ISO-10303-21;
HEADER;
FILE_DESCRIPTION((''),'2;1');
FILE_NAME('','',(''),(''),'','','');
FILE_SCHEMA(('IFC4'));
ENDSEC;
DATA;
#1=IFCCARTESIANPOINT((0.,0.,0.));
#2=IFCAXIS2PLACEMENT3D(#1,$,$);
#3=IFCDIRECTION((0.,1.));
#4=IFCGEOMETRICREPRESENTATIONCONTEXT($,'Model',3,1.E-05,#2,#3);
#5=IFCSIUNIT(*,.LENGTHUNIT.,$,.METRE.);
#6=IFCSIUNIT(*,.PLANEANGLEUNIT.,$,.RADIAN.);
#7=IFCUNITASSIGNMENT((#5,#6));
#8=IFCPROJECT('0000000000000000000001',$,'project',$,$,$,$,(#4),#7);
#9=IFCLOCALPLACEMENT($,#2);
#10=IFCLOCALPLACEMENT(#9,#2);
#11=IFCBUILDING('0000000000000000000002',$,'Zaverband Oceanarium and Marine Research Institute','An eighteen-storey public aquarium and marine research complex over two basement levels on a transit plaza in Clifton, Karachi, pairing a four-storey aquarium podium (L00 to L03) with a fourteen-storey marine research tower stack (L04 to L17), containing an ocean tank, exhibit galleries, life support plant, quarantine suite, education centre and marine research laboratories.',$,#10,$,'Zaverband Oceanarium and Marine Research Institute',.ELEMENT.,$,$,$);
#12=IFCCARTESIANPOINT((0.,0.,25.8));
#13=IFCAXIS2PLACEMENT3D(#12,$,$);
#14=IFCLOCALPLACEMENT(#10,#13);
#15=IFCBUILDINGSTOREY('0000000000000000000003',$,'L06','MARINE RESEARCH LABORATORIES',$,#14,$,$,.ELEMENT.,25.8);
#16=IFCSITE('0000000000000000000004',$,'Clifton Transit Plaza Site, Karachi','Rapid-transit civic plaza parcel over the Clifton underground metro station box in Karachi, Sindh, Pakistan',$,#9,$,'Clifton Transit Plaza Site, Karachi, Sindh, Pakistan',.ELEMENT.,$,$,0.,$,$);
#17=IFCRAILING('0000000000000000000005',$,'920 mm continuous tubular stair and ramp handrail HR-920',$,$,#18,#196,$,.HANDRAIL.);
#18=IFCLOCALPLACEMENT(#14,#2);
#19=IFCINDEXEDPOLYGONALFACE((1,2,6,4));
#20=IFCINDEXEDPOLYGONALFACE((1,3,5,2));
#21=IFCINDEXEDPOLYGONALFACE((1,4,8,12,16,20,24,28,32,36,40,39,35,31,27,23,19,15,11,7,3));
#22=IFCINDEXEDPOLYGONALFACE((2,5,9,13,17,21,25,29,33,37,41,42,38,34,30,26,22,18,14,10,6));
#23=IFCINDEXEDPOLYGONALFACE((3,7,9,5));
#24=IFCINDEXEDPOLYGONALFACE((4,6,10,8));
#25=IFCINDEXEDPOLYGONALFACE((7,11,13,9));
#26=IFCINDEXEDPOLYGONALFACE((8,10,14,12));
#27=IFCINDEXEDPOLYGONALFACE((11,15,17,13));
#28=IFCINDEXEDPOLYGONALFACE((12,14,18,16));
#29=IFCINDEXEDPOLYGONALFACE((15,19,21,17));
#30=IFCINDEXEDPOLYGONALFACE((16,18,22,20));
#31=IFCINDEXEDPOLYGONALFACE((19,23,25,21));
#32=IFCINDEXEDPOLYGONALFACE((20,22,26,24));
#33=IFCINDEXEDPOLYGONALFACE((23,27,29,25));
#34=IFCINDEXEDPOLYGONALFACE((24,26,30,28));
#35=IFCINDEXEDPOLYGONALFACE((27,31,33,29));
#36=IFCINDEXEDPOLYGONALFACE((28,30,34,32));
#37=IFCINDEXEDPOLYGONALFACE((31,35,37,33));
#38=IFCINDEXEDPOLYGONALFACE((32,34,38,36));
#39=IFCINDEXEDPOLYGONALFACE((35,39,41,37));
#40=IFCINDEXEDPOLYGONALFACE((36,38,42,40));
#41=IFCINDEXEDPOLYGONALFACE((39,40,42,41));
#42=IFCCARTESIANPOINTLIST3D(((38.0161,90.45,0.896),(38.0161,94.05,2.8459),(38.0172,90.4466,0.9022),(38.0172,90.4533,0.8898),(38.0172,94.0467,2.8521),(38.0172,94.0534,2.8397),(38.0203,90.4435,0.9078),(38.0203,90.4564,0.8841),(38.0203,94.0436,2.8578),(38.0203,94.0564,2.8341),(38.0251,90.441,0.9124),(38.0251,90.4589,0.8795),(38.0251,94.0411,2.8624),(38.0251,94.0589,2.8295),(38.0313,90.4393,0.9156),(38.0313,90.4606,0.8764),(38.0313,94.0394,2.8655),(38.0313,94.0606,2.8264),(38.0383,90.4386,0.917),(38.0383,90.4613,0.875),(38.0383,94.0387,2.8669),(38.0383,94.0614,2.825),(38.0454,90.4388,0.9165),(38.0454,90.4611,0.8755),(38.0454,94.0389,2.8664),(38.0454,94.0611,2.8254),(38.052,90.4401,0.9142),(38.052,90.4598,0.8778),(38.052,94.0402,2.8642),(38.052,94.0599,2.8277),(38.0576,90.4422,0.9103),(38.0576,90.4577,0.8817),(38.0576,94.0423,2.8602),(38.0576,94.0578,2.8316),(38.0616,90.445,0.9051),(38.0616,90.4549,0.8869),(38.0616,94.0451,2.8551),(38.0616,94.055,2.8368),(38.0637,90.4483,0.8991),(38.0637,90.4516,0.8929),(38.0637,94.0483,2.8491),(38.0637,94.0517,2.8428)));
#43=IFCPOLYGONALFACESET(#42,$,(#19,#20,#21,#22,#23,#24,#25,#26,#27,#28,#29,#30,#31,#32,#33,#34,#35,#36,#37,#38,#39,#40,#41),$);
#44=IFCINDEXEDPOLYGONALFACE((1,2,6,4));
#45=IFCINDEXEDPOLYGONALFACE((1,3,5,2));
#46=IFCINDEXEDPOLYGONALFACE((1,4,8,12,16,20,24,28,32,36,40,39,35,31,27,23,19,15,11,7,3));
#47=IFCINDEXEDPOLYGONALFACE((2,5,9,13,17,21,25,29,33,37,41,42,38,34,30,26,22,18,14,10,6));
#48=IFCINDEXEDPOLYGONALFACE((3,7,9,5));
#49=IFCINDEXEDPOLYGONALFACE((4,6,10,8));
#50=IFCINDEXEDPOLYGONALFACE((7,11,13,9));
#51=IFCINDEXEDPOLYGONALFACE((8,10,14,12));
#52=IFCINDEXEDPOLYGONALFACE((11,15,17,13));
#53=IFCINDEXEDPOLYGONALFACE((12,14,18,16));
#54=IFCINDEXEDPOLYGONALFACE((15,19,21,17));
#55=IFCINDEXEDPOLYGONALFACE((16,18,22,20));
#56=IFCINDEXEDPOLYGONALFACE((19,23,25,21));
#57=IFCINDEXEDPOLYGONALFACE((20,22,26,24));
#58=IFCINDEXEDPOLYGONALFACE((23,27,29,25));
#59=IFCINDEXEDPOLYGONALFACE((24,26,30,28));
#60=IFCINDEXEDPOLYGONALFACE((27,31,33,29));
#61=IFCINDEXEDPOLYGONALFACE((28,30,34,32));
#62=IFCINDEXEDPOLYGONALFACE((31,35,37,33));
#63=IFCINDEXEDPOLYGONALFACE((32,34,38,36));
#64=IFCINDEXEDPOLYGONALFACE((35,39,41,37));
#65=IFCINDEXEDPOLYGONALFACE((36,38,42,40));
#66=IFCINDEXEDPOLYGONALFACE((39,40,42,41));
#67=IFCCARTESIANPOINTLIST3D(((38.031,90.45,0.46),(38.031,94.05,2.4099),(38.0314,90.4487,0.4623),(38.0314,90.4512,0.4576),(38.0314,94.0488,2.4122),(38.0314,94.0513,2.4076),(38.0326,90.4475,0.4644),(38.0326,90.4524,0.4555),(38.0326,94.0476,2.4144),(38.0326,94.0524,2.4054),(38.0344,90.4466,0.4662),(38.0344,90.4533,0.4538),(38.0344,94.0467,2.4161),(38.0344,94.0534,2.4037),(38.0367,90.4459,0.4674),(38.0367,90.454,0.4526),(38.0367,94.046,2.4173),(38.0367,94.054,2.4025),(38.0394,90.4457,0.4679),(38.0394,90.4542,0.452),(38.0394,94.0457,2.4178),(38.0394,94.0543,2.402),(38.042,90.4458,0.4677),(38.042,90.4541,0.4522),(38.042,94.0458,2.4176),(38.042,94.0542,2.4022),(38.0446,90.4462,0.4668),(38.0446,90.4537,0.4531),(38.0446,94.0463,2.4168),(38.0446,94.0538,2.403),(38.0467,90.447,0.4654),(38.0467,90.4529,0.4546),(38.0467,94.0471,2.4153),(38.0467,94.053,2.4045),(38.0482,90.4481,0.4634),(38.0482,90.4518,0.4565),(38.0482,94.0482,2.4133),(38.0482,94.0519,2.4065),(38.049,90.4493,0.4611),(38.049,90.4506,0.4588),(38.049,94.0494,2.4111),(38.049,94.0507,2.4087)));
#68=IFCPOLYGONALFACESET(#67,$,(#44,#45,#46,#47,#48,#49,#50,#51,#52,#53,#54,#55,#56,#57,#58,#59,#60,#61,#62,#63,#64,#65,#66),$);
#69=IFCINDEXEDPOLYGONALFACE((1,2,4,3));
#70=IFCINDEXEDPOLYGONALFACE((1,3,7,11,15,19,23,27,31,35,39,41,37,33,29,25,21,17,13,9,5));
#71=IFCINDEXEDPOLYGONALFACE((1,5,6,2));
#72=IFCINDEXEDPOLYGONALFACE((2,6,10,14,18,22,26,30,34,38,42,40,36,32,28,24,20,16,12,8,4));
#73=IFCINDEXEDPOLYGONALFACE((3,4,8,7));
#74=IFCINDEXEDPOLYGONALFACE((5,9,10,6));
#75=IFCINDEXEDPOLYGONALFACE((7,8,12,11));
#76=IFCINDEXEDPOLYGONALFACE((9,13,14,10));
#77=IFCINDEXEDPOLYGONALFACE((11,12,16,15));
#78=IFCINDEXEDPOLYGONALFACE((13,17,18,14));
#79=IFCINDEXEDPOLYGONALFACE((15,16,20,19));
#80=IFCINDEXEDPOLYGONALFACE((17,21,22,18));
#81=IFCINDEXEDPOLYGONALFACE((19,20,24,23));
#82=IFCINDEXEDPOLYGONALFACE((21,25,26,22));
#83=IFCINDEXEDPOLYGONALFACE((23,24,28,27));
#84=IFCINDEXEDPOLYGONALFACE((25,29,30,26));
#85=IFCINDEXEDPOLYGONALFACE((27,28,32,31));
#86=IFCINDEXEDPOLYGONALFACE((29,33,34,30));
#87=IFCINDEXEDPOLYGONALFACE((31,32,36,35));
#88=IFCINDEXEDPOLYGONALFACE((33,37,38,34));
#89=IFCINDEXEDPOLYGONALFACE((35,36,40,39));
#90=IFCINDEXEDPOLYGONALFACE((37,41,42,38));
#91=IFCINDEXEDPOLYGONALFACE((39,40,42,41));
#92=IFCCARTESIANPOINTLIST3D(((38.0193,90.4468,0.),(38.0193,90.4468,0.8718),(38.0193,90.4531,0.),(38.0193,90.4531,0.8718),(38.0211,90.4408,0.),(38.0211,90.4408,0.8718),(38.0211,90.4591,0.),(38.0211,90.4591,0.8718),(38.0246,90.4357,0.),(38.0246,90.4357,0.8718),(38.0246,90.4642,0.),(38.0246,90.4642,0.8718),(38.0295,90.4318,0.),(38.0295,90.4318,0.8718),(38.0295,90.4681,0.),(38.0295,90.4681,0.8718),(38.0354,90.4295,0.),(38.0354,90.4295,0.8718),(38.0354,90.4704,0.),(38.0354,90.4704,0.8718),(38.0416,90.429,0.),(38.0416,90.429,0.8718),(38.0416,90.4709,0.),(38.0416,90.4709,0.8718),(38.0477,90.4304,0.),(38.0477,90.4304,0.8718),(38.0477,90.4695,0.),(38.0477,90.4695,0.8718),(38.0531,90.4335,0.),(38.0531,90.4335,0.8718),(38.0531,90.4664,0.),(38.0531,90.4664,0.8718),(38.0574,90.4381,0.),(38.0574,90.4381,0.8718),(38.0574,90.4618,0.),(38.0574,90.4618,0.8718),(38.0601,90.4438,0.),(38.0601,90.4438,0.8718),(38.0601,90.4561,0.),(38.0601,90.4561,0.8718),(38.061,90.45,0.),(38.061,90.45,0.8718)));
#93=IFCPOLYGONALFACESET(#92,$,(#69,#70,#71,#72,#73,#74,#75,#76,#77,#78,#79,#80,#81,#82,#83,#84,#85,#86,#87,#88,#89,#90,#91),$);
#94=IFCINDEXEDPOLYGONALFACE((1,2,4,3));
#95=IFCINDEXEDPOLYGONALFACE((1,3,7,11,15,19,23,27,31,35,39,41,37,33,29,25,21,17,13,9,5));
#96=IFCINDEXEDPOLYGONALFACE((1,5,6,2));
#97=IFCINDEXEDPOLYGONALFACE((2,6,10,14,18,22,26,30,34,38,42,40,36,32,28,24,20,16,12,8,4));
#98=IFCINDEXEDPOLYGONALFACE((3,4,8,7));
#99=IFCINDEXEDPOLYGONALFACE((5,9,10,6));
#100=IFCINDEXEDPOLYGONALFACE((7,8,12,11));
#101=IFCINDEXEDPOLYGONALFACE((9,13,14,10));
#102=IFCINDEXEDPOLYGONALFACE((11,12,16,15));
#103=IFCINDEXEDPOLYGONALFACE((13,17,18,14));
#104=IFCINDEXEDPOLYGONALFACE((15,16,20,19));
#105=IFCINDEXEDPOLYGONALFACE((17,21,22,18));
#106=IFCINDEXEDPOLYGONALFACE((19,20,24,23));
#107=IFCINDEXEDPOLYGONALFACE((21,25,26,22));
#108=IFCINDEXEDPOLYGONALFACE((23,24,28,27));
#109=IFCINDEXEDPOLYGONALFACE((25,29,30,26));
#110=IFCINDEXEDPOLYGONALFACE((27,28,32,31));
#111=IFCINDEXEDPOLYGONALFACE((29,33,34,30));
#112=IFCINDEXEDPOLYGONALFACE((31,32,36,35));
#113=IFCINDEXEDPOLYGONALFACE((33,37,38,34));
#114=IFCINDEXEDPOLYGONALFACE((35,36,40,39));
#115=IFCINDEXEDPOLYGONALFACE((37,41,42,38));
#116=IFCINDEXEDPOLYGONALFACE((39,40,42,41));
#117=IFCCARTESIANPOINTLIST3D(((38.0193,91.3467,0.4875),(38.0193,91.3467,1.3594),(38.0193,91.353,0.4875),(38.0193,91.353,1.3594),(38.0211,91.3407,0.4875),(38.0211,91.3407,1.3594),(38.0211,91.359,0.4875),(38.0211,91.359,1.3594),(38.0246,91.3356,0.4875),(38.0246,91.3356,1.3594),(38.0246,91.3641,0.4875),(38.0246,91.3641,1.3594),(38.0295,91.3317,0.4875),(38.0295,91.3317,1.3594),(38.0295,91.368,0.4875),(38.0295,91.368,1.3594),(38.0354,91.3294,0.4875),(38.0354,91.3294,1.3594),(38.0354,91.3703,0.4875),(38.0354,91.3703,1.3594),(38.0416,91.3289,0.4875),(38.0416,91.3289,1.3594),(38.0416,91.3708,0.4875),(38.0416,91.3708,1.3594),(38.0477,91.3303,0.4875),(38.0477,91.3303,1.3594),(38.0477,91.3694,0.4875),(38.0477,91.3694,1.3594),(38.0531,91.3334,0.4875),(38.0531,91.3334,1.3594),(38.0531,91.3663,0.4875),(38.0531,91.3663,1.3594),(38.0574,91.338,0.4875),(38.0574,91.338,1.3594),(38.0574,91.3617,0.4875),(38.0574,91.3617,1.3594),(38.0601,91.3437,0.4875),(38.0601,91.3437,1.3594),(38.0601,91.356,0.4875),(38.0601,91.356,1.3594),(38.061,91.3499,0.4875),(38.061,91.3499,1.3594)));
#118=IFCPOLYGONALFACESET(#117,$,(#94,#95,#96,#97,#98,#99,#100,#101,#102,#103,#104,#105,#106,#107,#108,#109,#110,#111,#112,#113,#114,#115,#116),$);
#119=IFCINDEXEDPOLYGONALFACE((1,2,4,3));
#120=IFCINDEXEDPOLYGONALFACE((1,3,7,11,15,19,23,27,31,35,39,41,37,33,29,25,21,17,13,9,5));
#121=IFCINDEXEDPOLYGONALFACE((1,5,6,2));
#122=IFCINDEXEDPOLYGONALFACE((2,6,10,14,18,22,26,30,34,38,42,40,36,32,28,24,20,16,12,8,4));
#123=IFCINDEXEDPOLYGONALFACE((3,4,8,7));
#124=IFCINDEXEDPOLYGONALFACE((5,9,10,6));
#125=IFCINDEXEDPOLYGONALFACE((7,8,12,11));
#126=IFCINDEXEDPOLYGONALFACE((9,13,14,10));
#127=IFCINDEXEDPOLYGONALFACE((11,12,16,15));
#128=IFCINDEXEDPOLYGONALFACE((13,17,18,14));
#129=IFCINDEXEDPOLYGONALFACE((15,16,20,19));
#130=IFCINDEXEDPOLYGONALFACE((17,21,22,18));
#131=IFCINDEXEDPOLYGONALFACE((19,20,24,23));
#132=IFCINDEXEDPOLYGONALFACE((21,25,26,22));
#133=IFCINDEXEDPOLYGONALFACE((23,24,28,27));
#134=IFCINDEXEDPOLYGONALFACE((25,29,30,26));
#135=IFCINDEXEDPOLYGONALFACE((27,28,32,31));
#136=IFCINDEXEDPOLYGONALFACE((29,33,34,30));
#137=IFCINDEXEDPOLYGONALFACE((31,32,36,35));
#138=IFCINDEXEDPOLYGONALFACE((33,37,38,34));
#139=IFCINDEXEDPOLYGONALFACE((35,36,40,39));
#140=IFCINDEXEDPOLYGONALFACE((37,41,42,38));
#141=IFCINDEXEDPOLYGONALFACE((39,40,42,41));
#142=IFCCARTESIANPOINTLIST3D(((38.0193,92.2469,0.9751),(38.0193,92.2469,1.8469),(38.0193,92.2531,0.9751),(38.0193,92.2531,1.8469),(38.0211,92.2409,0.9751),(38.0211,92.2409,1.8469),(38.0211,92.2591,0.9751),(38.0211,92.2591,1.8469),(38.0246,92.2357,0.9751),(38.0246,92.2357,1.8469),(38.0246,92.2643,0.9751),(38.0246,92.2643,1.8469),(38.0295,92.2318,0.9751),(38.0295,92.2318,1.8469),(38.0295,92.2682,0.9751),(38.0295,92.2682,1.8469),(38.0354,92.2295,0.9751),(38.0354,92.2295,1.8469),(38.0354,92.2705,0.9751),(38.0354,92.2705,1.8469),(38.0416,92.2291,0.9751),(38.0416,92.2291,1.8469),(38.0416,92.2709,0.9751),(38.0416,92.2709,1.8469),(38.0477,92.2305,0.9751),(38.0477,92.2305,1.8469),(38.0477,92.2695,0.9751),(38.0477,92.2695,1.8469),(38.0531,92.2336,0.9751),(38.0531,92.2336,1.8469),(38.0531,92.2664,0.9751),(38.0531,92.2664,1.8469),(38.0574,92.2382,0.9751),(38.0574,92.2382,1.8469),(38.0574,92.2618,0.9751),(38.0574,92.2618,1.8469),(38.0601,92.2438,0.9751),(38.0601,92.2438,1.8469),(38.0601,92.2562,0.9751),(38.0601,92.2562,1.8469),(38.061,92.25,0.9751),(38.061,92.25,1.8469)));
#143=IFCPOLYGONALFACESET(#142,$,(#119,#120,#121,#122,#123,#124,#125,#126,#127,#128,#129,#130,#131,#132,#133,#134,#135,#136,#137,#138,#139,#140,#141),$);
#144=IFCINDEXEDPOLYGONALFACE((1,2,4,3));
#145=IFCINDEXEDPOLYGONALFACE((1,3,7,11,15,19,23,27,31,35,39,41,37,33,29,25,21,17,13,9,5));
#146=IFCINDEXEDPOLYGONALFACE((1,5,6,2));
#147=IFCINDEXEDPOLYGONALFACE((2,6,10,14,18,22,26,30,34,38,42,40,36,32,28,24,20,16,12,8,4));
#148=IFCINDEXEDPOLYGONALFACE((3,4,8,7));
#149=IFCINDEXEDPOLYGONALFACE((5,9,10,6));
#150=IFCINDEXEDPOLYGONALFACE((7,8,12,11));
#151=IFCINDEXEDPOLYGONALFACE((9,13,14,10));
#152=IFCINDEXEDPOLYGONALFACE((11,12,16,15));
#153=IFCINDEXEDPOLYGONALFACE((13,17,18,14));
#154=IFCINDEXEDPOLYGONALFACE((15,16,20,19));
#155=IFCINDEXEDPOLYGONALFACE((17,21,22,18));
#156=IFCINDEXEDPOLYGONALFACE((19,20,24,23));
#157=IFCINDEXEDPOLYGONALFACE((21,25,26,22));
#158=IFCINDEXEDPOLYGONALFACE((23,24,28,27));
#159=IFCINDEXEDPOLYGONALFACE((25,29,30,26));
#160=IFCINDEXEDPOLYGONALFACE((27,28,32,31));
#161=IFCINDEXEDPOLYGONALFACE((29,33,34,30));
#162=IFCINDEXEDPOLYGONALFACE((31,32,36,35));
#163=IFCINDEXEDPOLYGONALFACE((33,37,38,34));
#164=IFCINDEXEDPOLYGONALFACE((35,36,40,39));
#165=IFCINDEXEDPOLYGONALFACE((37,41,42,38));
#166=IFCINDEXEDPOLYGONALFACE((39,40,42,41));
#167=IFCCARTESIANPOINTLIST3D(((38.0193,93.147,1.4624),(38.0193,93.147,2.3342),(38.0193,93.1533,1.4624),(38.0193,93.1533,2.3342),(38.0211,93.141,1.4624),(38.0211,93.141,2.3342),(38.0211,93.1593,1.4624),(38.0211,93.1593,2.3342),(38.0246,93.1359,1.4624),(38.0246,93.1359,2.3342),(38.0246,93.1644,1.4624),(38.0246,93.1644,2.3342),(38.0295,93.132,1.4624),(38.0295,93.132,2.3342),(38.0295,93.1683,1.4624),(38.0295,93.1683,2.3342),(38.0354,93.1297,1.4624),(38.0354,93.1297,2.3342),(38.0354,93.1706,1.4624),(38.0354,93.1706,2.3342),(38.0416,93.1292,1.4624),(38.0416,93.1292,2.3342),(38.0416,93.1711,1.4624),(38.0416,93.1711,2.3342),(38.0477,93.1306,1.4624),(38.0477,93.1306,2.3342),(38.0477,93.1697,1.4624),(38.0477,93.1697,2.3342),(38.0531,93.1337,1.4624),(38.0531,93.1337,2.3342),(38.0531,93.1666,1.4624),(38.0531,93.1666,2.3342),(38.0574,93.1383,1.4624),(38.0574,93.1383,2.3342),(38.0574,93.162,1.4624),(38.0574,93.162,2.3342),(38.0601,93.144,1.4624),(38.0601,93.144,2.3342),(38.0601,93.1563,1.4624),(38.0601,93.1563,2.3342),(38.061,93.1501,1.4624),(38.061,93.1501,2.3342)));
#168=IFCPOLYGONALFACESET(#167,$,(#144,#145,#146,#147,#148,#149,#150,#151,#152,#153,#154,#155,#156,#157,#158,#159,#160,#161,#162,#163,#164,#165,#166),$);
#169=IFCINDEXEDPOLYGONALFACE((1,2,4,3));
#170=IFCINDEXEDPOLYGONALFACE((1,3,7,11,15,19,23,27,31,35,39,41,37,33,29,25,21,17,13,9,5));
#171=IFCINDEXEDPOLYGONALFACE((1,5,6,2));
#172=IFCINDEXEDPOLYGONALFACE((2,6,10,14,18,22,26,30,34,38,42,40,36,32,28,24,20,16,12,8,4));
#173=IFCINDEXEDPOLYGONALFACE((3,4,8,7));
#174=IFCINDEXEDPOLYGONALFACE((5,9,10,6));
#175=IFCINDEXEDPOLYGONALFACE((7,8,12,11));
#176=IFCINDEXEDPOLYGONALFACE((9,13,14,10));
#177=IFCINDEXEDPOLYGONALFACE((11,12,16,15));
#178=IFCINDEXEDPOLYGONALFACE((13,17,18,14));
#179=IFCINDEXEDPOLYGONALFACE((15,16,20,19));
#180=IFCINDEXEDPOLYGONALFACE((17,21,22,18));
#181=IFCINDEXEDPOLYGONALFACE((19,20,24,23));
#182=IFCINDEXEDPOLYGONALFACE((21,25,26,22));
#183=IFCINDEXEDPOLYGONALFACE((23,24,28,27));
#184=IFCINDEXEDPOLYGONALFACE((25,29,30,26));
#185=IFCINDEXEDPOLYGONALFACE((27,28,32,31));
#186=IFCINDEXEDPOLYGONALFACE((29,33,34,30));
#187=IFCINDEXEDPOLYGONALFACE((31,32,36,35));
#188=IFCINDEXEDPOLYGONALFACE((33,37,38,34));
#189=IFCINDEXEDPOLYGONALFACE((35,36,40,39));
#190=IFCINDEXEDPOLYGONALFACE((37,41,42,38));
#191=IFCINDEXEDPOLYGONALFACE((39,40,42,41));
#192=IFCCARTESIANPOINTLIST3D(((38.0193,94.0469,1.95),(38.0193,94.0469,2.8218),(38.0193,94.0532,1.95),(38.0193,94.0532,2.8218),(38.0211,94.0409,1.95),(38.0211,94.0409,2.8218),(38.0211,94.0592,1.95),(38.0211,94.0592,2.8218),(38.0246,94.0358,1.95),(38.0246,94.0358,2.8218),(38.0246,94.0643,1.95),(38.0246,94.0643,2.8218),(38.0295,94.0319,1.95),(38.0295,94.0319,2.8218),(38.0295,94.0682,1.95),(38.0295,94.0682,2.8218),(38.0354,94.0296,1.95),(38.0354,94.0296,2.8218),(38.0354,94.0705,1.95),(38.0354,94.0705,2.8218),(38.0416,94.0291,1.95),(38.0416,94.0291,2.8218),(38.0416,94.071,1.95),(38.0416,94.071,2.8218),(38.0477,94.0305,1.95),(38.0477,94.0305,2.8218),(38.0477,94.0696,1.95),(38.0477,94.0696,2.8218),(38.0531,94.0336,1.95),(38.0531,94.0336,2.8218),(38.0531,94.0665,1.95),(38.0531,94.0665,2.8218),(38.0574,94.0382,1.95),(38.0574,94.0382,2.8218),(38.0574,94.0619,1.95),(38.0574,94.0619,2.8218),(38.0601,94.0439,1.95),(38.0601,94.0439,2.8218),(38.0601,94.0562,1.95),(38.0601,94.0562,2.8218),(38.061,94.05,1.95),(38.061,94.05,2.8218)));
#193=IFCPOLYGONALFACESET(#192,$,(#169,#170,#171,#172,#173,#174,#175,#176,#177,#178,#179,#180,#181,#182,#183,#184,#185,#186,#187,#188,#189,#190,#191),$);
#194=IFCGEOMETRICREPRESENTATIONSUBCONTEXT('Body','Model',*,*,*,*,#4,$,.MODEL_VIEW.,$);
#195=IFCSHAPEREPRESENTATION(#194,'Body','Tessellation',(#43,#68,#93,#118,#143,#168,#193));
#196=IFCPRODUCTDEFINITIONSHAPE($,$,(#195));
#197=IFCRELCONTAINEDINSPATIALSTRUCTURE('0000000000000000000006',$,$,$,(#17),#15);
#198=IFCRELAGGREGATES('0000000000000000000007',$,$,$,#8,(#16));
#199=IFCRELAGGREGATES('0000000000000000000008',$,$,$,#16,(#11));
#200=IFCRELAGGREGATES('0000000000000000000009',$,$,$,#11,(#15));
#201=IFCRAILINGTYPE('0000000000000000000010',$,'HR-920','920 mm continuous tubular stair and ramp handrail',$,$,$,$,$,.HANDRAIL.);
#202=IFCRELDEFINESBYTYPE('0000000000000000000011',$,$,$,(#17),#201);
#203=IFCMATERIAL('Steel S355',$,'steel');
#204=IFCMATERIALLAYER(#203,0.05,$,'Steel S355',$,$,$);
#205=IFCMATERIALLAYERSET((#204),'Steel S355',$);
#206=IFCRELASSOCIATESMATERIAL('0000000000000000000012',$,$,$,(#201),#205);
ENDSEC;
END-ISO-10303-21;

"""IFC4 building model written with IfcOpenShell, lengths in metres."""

from ifc_helpers import new_model, si_unit, direction, frame, origin, origin_2d, place, context, subcontext, project, spatial, circle, extrude, material, layer, layer_set, type_object, element, save


model = new_model("IFC4")

# Units and contexts
model_context = context("Model", 3, precision=1e-05, world=origin(), true_north=direction((0.0, 1.0)))
body_context = subcontext(model_context, "Body", "Model", "MODEL_VIEW")
ifc_project = project(units=[si_unit("LENGTHUNIT", "METRE"), si_unit("PLANEANGLEUNIT", "RADIAN")], contexts=[model_context])

# Site, building, storey
site_placement = place(None, origin())
site = spatial("IfcSite", under=ifc_project, at=site_placement, Name="Clifton Transit Plaza Site, Karachi", Description="Rapid-transit civic plaza parcel over the Clifton underground metro station box in Karachi, Sindh, Pakistan", LongName="Clifton Transit Plaza Site, Karachi, Sindh, Pakistan", CompositionType="ELEMENT", RefElevation=0.0)
building_placement = place(site_placement, origin())
building = spatial("IfcBuilding", under=site, at=building_placement, Name="Zaverband Oceanarium and Marine Research Institute", Description="An eighteen-storey public aquarium and marine research complex over two basement levels on a transit plaza in Clifton, Karachi, pairing a four-storey aquarium podium (L00 to L03) with a fourteen-storey marine research tower stack (L04 to L17), containing an ocean tank, exhibit galleries, life support plant, quarantine suite, education centre and marine research laboratories.", LongName="Zaverband Oceanarium and Marine Research Institute", CompositionType="ELEMENT")
storey_placement = place(building_placement, frame((0.0, 0.0, 25.8)))
storey = spatial("IfcBuildingStorey", under=building, at=storey_placement, Name="L06", Description="MARINE RESEARCH LABORATORIES", CompositionType="ELEMENT", Elevation=25.8)

# Shared definitions
ifc_material_1 = material(Name="Steel S355", Category="steel")

# Railing
ifc_layer_1 = layer(ifc_material_1, 0.05, Name="Steel S355")
ifc_layer_set_1 = layer_set([ifc_layer_1], Name="Steel S355")
railing_type_1 = type_object("IfcRailingType", Name="HR-920", Description="920 mm continuous tubular stair and ramp handrail", PredefinedType="HANDRAIL", material=ifc_layer_set_1)
railing_1_placement = place(storey_placement, frame((38.04, 90.45, 0.0)))
element("IfcRailing", 1, at=railing_1_placement, inside=storey, type_object=railing_type_1, Name="920 mm continuous tubular stair and ramp handrail HR-920", PredefinedType="HANDRAIL", context=body_context, shape_type="SweptSolid", body=[
    extrude(circle(Radius=0.0239, at=origin_2d()), frame((0.0, 0.0, 0.896), z_axis=(0.0, 0.879302, 0.476264), x_axis=(-1.0, 0.0, 0.0)), (0.0, 0.0, 1.0), 4.0942),
    extrude(circle(Radius=0.009, at=origin_2d()), frame((0.0, 0.0, 0.46), z_axis=(0.0, 0.879302, 0.476264), x_axis=(-1.0, 0.0, 0.0)), (0.0, 0.0, 1.0), 4.0942),
    extrude(circle(Radius=0.021, at=origin_2d()), origin(), (0.0, 0.0, 1.0), 0.8718),
    extrude(circle(Radius=0.021, at=origin_2d()), frame((0.0, 0.8999, 0.4875)), (0.0, 0.0, 1.0), 0.8718),
    extrude(circle(Radius=0.021, at=origin_2d()), frame((0.0, 1.8, 0.9751)), (0.0, 0.0, 1.0), 0.8718),
    extrude(circle(Radius=0.021, at=origin_2d()), frame((0.0, 2.7002, 1.4624)), (0.0, 0.0, 1.0), 0.8718),
    extrude(circle(Radius=0.021, at=origin_2d()), frame((0.0, 3.6001, 1.95)), (0.0, 0.0, 1.0), 0.8718),
])

save(model, "model.ifc")
